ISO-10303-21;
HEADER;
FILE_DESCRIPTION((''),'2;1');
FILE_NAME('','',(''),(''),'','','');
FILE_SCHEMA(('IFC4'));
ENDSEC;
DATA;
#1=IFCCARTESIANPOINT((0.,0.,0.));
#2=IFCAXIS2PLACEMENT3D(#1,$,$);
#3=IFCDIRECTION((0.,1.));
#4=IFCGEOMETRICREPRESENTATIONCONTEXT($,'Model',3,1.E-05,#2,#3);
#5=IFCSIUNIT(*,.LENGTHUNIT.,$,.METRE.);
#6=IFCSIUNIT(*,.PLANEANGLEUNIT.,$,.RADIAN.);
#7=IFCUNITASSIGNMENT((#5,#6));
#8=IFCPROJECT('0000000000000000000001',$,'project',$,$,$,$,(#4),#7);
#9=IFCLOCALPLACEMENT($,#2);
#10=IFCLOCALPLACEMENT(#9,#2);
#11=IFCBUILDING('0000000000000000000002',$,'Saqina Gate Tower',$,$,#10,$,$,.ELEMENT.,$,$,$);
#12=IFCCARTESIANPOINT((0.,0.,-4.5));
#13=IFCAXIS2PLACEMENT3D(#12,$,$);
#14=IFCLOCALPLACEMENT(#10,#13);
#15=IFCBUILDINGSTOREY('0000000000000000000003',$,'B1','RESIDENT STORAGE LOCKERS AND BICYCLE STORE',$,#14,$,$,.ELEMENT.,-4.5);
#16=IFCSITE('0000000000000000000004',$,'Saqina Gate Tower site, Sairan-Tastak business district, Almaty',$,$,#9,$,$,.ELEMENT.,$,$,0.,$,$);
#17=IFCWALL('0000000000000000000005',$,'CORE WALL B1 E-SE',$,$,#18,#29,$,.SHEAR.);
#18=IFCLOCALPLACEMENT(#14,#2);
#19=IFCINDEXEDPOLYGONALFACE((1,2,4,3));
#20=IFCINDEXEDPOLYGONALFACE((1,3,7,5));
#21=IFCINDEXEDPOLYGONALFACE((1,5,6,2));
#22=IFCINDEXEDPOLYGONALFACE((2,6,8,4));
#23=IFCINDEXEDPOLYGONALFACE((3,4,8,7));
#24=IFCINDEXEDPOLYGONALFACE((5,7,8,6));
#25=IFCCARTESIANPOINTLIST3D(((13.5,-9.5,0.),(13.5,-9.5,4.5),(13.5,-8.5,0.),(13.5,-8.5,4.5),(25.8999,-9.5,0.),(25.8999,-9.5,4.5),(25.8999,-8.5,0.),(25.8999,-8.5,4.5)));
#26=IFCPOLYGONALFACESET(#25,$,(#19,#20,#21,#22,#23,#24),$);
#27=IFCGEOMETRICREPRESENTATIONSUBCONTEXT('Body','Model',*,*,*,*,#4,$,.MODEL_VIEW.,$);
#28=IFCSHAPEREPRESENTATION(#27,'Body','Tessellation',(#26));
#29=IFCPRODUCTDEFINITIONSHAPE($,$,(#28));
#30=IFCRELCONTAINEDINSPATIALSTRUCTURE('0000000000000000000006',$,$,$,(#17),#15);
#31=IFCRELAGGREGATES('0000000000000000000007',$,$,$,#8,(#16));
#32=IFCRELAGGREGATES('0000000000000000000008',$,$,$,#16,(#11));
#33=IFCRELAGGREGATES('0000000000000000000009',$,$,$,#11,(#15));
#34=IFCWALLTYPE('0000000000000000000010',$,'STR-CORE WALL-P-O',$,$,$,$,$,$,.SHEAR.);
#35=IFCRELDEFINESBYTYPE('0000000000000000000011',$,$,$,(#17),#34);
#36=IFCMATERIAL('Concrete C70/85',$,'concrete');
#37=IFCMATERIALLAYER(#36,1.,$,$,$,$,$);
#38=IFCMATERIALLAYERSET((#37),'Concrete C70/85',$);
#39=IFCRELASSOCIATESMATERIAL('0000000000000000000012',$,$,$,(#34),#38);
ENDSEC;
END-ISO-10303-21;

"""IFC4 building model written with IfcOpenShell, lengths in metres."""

from ifc_helpers import new_model, si_unit, direction, frame, frame_2d, origin, place, context, subcontext, project, spatial, rectangle, extrude, material, layer, layer_set, type_object, element, save


model = new_model("IFC4")

# Units and contexts
model_context = context("Model", 3, precision=1e-05, world=origin(), true_north=direction((0.0, 1.0)))
body_context = subcontext(model_context, "Body", "Model", "MODEL_VIEW")
ifc_project = project(units=[si_unit("LENGTHUNIT", "METRE"), si_unit("PLANEANGLEUNIT", "RADIAN")], contexts=[model_context])

# Site, building, storey
site_placement = place(None, origin())
site = spatial("IfcSite", under=ifc_project, at=site_placement, Name="Saqina Gate Tower site, Sairan-Tastak business district, Almaty", CompositionType="ELEMENT", RefElevation=0.0)
building_placement = place(site_placement, origin())
building = spatial("IfcBuilding", under=site, at=building_placement, Name="Saqina Gate Tower", CompositionType="ELEMENT")
storey_placement = place(building_placement, frame((0.0, 0.0, -4.5)))
storey = spatial("IfcBuildingStorey", under=building, at=storey_placement, Name="B1", Description="RESIDENT STORAGE LOCKERS AND BICYCLE STORE", CompositionType="ELEMENT", Elevation=-4.5)

# Shared definitions
ifc_material_1 = material(Name="Concrete C70/85", Category="concrete")
ifc_layer_1 = layer(ifc_material_1, 1.0)
ifc_layer_set_1 = layer_set([ifc_layer_1], Name="Concrete C70/85")
wall_type_1 = type_object("IfcWallType", Name="STR-CORE WALL-P-O", PredefinedType="SHEAR", material=ifc_layer_set_1)

# Wall
wall_1_placement = place(storey_placement, frame((13.5, -9.0, 0.0), z_axis=(0.0, 0.0, 1.0), x_axis=(1.0, 0.0, 0.0)))
element("IfcWall", 1, at=wall_1_placement, inside=storey, type_object=wall_type_1, Name="CORE WALL B1 E-SE", PredefinedType="SHEAR", context=body_context, shape_type="SweptSolid", body=[
    extrude(rectangle(XDim=12.3999, YDim=1.0, at=frame_2d((6.2, 0.0))), origin(), (0.0, 0.0, 1.0), 4.5),
])

save(model, "model.ifc")
